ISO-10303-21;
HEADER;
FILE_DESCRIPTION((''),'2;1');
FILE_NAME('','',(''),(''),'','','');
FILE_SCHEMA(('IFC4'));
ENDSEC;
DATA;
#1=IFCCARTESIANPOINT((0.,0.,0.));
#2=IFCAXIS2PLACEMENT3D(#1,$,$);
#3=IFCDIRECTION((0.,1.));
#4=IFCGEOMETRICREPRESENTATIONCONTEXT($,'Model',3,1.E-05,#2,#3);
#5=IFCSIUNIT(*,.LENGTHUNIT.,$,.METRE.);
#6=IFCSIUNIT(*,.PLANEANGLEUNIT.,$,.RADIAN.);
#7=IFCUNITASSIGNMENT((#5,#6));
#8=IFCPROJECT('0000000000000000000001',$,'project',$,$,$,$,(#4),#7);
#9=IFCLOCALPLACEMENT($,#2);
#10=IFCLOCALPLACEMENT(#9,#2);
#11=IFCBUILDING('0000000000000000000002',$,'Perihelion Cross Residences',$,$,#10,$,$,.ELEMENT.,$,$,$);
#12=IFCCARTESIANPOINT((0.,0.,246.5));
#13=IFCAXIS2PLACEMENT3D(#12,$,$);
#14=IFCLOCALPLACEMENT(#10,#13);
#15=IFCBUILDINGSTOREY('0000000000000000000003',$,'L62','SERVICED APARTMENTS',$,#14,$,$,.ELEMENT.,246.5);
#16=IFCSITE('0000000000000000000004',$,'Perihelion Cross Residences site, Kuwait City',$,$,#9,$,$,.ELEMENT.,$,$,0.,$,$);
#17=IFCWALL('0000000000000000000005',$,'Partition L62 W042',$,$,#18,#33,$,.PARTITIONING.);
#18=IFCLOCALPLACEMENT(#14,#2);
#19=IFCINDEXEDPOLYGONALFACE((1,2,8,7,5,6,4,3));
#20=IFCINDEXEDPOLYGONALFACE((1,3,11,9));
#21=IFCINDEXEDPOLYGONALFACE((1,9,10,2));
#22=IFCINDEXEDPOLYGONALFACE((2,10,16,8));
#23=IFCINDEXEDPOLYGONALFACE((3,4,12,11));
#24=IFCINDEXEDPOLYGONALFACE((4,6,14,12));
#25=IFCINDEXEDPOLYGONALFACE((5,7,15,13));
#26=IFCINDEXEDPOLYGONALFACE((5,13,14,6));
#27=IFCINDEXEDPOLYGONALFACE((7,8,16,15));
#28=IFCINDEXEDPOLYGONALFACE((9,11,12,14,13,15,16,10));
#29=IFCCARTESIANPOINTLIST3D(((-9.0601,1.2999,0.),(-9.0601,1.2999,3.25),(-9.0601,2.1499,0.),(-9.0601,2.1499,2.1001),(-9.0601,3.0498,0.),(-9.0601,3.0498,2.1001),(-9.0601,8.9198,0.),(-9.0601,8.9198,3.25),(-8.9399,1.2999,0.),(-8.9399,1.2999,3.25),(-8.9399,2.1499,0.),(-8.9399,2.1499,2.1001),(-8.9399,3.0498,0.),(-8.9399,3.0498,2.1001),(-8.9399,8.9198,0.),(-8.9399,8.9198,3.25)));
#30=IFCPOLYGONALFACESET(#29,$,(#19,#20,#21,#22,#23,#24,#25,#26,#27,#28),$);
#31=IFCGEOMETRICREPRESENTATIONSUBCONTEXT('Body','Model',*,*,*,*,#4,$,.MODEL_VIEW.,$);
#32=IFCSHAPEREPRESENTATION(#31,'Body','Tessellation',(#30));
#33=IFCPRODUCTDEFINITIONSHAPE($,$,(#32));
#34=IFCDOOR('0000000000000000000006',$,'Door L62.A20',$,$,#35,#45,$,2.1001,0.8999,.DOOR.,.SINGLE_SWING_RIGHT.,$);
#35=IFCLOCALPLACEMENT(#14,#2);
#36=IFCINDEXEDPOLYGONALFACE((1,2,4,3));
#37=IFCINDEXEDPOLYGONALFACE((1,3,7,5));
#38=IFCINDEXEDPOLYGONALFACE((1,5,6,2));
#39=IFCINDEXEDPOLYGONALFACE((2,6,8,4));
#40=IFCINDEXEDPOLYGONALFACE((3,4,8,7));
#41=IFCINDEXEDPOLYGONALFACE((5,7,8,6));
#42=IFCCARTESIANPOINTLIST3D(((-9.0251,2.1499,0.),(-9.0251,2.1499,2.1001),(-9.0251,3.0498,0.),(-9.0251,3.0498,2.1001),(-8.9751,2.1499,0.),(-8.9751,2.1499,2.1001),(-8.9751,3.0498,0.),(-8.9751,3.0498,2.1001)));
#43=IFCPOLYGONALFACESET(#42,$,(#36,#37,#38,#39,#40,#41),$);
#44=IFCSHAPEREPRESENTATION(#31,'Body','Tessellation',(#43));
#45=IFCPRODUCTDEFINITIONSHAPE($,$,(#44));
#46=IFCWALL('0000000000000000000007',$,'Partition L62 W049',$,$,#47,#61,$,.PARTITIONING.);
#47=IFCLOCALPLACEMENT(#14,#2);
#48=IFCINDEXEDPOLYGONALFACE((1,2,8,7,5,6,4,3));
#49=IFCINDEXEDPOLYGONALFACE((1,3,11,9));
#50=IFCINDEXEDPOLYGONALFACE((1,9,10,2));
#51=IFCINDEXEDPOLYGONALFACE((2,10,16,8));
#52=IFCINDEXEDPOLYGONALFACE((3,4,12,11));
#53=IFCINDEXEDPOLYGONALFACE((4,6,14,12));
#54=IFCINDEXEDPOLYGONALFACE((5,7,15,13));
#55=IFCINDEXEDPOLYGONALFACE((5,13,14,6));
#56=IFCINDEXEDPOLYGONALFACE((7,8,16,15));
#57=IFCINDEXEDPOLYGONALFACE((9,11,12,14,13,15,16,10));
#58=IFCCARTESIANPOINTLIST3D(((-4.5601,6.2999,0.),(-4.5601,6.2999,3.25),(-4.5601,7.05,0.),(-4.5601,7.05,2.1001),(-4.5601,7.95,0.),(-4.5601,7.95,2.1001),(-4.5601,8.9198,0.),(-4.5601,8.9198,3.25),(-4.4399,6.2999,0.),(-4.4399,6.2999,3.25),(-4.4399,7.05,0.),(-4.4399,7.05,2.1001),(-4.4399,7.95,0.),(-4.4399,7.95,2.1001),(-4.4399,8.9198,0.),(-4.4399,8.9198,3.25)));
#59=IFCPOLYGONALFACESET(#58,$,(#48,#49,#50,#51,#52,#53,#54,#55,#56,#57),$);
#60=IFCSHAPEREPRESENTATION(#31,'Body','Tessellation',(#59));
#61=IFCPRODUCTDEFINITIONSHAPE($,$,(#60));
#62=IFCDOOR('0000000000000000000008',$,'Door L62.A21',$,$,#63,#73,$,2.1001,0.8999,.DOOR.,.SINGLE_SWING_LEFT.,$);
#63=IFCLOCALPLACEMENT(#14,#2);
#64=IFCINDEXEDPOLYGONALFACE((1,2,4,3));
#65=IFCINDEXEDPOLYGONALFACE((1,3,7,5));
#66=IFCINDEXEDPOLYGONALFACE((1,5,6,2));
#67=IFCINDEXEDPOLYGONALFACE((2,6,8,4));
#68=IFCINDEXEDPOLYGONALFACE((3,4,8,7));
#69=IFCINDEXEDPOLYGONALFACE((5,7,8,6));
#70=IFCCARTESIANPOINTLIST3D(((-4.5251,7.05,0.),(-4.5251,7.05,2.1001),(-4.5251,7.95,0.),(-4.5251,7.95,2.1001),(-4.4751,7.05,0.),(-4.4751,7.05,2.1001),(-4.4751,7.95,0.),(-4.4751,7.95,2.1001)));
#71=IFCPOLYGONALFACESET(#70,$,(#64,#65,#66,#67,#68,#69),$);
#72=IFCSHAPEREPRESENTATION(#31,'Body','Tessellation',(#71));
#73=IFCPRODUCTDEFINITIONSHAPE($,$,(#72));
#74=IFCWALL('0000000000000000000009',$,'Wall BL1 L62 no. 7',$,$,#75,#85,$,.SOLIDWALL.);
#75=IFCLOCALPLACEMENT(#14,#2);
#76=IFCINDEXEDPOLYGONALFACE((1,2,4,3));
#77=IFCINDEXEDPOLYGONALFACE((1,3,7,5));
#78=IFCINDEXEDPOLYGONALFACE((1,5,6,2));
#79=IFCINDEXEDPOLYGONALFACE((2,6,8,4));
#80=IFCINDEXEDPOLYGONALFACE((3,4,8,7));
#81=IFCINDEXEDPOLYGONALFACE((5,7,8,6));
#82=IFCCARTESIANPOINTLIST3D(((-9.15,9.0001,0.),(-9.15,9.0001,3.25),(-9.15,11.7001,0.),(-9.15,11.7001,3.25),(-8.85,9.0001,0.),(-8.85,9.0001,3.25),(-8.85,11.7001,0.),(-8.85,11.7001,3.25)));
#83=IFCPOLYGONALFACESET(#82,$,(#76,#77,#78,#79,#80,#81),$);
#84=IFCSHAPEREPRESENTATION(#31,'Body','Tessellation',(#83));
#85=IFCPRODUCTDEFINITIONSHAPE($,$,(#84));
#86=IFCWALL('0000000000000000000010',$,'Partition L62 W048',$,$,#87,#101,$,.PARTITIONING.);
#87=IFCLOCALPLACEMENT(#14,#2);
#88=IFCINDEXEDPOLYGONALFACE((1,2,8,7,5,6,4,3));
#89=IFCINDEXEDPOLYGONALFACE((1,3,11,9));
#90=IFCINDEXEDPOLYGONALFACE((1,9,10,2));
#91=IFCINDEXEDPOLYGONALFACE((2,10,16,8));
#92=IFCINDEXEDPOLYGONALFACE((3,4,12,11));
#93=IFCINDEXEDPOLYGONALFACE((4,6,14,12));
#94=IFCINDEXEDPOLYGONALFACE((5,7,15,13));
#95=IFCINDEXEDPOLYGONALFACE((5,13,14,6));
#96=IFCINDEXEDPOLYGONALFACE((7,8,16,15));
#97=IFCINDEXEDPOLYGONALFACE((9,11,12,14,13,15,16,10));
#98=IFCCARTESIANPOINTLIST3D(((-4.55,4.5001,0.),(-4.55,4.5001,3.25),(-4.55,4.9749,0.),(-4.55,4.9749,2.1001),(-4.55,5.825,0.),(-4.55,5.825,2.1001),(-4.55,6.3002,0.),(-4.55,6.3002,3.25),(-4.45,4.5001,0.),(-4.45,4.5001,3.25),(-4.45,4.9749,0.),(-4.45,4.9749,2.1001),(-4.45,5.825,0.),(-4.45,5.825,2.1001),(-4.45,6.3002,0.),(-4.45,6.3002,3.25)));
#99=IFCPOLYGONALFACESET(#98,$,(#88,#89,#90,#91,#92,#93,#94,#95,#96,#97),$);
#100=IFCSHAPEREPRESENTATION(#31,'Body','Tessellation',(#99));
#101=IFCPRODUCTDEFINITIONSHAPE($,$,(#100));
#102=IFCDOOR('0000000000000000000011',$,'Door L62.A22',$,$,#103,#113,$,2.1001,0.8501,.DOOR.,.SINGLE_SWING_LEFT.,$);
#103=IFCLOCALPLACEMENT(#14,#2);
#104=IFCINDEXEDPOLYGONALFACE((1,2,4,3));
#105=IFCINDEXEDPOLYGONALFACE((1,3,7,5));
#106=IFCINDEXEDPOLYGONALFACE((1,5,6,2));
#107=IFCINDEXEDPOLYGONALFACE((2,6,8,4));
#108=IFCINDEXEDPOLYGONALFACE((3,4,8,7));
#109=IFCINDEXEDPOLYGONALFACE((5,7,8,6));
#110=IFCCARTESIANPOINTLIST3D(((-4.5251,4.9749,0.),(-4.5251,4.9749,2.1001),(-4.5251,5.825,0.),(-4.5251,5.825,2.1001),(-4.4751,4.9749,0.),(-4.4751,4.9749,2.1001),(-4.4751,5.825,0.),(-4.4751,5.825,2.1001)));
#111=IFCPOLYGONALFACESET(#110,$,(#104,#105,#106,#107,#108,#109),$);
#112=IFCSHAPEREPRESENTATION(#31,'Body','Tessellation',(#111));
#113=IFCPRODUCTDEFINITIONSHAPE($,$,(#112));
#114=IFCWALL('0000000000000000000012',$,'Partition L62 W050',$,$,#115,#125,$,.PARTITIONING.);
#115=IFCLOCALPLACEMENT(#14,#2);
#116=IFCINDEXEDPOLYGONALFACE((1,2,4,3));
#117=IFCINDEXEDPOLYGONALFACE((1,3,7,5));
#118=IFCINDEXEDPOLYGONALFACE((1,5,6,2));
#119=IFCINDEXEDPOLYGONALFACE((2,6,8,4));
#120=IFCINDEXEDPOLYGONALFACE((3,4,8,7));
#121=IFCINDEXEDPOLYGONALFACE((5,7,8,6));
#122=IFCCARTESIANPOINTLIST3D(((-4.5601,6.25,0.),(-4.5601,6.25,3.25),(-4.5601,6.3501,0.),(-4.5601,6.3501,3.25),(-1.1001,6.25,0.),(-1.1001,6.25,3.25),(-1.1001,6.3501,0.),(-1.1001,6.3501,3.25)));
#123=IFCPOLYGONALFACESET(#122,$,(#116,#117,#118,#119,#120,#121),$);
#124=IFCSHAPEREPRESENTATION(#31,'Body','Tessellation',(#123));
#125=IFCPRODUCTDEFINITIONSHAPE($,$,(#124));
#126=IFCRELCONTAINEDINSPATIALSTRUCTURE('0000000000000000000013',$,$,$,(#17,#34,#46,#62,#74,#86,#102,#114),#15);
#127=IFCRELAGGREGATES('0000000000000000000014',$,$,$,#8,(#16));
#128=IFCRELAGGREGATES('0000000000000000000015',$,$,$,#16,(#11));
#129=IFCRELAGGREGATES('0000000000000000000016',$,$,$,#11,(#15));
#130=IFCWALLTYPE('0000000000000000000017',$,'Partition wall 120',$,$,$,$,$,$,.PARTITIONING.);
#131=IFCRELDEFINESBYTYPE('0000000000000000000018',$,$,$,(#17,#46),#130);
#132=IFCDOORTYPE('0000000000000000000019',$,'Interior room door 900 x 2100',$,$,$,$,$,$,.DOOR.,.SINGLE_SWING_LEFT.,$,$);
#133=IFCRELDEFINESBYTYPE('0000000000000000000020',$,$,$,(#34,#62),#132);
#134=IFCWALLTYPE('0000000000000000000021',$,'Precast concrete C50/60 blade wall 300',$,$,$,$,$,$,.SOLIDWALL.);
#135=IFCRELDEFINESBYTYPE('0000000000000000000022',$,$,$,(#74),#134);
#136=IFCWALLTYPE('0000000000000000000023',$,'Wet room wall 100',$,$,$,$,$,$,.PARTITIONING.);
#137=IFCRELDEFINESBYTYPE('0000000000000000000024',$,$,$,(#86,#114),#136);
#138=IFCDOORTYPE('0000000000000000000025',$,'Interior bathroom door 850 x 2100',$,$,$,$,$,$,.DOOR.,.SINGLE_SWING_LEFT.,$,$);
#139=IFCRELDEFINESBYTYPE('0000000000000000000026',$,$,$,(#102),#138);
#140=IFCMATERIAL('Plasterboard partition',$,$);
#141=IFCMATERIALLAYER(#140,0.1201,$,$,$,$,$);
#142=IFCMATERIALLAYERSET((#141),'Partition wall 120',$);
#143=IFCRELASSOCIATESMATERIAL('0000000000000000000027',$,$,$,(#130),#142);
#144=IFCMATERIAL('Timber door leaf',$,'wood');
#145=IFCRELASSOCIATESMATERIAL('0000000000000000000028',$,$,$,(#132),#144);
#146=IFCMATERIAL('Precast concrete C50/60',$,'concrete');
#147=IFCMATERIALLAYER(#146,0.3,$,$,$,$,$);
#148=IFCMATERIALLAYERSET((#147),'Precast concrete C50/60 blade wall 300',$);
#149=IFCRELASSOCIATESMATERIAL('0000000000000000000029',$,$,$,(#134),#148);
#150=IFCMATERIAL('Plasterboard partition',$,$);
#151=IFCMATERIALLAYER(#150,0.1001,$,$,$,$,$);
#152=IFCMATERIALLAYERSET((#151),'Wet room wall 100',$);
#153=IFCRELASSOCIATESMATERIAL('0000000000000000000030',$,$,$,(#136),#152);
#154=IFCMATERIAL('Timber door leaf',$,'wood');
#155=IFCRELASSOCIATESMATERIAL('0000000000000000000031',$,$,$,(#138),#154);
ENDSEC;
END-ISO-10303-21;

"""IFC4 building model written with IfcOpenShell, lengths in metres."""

from ifc_helpers import new_model, si_unit, direction, frame, frame_2d, origin, place, context, subcontext, project, spatial, rectangle, extrude, material, layer, layer_set, type_object, element, fill, save


model = new_model("IFC4")

# Units and contexts
model_context = context("Model", 3, precision=1e-05, world=origin(), true_north=direction((0.0, 1.0)))
body_context = subcontext(model_context, "Body", "Model", "MODEL_VIEW")
ifc_project = project(units=[si_unit("LENGTHUNIT", "METRE"), si_unit("PLANEANGLEUNIT", "RADIAN")], contexts=[model_context])

# Site, building, storey
site_placement = place(None, origin())
site = spatial("IfcSite", under=ifc_project, at=site_placement, Name="Perihelion Cross Residences site, Kuwait City", CompositionType="ELEMENT", RefElevation=0.0)
building_placement = place(site_placement, origin())
building = spatial("IfcBuilding", under=site, at=building_placement, Name="Perihelion Cross Residences", CompositionType="ELEMENT")
storey_placement = place(building_placement, frame((0.0, 0.0, 246.5)))
storey = spatial("IfcBuildingStorey", under=building, at=storey_placement, Name="L62", Description="SERVICED APARTMENTS", CompositionType="ELEMENT", Elevation=246.5)

# Shared definitions
ifc_material_1 = material(Name="Plasterboard partition")
ifc_layer_1 = layer(ifc_material_1, 0.1201)
ifc_layer_set_1 = layer_set([ifc_layer_1], Name="Partition wall 120")
wall_type_1 = type_object("IfcWallType", Name="Partition wall 120", PredefinedType="PARTITIONING", material=ifc_layer_set_1)

# Walls, openings, doors
wall_1_placement = place(storey_placement, frame((-9.0, 8.9199, 0.0), z_axis=(0.0, 0.0, 1.0), x_axis=(0.0, -1.0, 0.0)))
wall_1 = element("IfcWall", 1, at=wall_1_placement, inside=storey, type_object=wall_type_1, Name="Partition L62 W042", PredefinedType="PARTITIONING", context=body_context, shape_type="SweptSolid", body=[
    extrude(rectangle(XDim=7.6199, YDim=0.1201, at=frame_2d((3.8101, 0.0))), origin(), (0.0, 0.0, 1.0), 3.25),
])
opening_1_placement = place(wall_1_placement, frame((5.8701, 0.0, 0.0)))
opening_1 = element("IfcOpeningElement", 2, at=opening_1_placement, cuts=wall_1, PredefinedType="OPENING", context=body_context, shape_type="SweptSolid", body=[
    extrude(rectangle(XDim=0.8999, YDim=2.1001, at=frame_2d((0.45, 1.05))), frame((0.0, 0.0701, 0.0), z_axis=(0.0, -1.0, 0.0), x_axis=(1.0, 0.0, 0.0)), (0.0, 0.0, 1.0), 0.1401),
])
ifc_material_2 = material(Name="Timber door leaf", Category="wood")
door_type_1 = type_object("IfcDoorType", Name="Interior room door 900 x 2100", OperationType="SINGLE_SWING_LEFT", PredefinedType="DOOR", material=ifc_material_2)
door_1_placement = place(opening_1_placement, origin())
door_1 = element("IfcDoor", 3, at=door_1_placement, inside=storey, type_object=door_type_1, Name="Door L62.A20", OperationType="SINGLE_SWING_RIGHT", OverallHeight=2.1001, OverallWidth=0.8999, PredefinedType="DOOR", context=body_context, shape_type="SweptSolid", body=[
    extrude(rectangle(XDim=0.8999, YDim=2.1001, at=frame_2d((0.45, 1.05))), frame((0.0, 0.0249, 0.0), z_axis=(0.0, -1.0, 0.0), x_axis=(1.0, 0.0, 0.0)), (0.0, 0.0, 1.0), 0.05),
])
fill(opening_1, door_1)
wall_2_placement = place(storey_placement, frame((-4.5, 8.9199, 0.0), z_axis=(0.0, 0.0, 1.0), x_axis=(0.0, -1.0, 0.0)))
wall_2 = element("IfcWall", 4, at=wall_2_placement, inside=storey, type_object=wall_type_1, Name="Partition L62 W049", PredefinedType="PARTITIONING", context=body_context, shape_type="SweptSolid", body=[
    extrude(rectangle(XDim=2.6199, YDim=0.1201, at=frame_2d((1.3101, 0.0))), origin(), (0.0, 0.0, 1.0), 3.25),
])
opening_2_placement = place(wall_2_placement, frame((0.97, 0.0, 0.0)))
opening_2 = element("IfcOpeningElement", 5, at=opening_2_placement, cuts=wall_2, PredefinedType="OPENING", context=body_context, shape_type="SweptSolid", body=[
    extrude(rectangle(XDim=0.8999, YDim=2.1001, at=frame_2d((0.45, 1.05))), frame((0.0, 0.0701, 0.0), z_axis=(0.0, -1.0, 0.0), x_axis=(1.0, 0.0, 0.0)), (0.0, 0.0, 1.0), 0.1401),
])
door_2_placement = place(opening_2_placement, origin())
door_2 = element("IfcDoor", 6, at=door_2_placement, inside=storey, type_object=door_type_1, Name="Door L62.A21", OperationType="SINGLE_SWING_LEFT", OverallHeight=2.1001, OverallWidth=0.8999, PredefinedType="DOOR", context=body_context, shape_type="SweptSolid", body=[
    extrude(rectangle(XDim=0.8999, YDim=2.1001, at=frame_2d((0.45, 1.05))), frame((0.0, 0.0249, 0.0), z_axis=(0.0, -1.0, 0.0), x_axis=(1.0, 0.0, 0.0)), (0.0, 0.0, 1.0), 0.05),
])
fill(opening_2, door_2)

# Wall
ifc_material_3 = material(Name="Precast concrete C50/60", Category="concrete")
ifc_layer_2 = layer(ifc_material_3, 0.3)
ifc_layer_set_2 = layer_set([ifc_layer_2], Name="Precast concrete C50/60 blade wall 300")
wall_type_2 = type_object("IfcWallType", Name="Precast concrete C50/60 blade wall 300", PredefinedType="SOLIDWALL", material=ifc_layer_set_2)
wall_3_placement = place(storey_placement, frame((-9.0, 9.0, 0.0), z_axis=(0.0, 0.0, 1.0), x_axis=(0.0, 1.0, 0.0)))
element("IfcWall", 7, at=wall_3_placement, inside=storey, type_object=wall_type_2, Name="Wall BL1 L62 no. 7", PredefinedType="SOLIDWALL", context=body_context, shape_type="SweptSolid", body=[
    extrude(rectangle(XDim=2.7, YDim=0.3, at=frame_2d((1.3501, 0.0))), origin(), (0.0, 0.0, 1.0), 3.25),
])

# Wall, opening, door
ifc_material_4 = material(Name="Plasterboard partition")
ifc_layer_3 = layer(ifc_material_4, 0.1001)
ifc_layer_set_3 = layer_set([ifc_layer_3], Name="Wet room wall 100")
wall_type_3 = type_object("IfcWallType", Name="Wet room wall 100", PredefinedType="PARTITIONING", material=ifc_layer_set_3)
wall_4_placement = place(storey_placement, frame((-4.5, 6.3, 0.0), z_axis=(0.0, 0.0, 1.0), x_axis=(0.0, -1.0, 0.0)))
wall_4 = element("IfcWall", 8, at=wall_4_placement, inside=storey, type_object=wall_type_3, Name="Partition L62 W048", PredefinedType="PARTITIONING", context=body_context, shape_type="SweptSolid", body=[
    extrude(rectangle(XDim=1.8, YDim=0.1001, at=frame_2d((0.8999, 0.0))), origin(), (0.0, 0.0, 1.0), 3.25),
])
opening_3_placement = place(wall_4_placement, frame((0.4751, 0.0, 0.0)))
opening_3 = element("IfcOpeningElement", 9, at=opening_3_placement, cuts=wall_4, PredefinedType="OPENING", context=body_context, shape_type="SweptSolid", body=[
    extrude(rectangle(XDim=0.8501, YDim=2.1001, at=frame_2d((0.425, 1.05))), frame((0.0, 0.0601, 0.0), z_axis=(0.0, -1.0, 0.0), x_axis=(1.0, 0.0, 0.0)), (0.0, 0.0, 1.0), 0.1201),
])
ifc_material_5 = material(Name="Timber door leaf", Category="wood")
door_type_2 = type_object("IfcDoorType", Name="Interior bathroom door 850 x 2100", OperationType="SINGLE_SWING_LEFT", PredefinedType="DOOR", material=ifc_material_5)
door_3_placement = place(opening_3_placement, origin())
door_3 = element("IfcDoor", 10, at=door_3_placement, inside=storey, type_object=door_type_2, Name="Door L62.A22", OperationType="SINGLE_SWING_LEFT", OverallHeight=2.1001, OverallWidth=0.8501, PredefinedType="DOOR", context=body_context, shape_type="SweptSolid", body=[
    extrude(rectangle(XDim=0.8501, YDim=2.1001, at=frame_2d((0.425, 1.05))), frame((0.0, 0.0249, 0.0), z_axis=(0.0, -1.0, 0.0), x_axis=(1.0, 0.0, 0.0)), (0.0, 0.0, 1.0), 0.05),
])
fill(opening_3, door_3)

# Wall
wall_5_placement = place(storey_placement, frame((-4.5601, 6.3, 0.0), z_axis=(0.0, 0.0, 1.0), x_axis=(1.0, 0.0, 0.0)))
element("IfcWall", 11, at=wall_5_placement, inside=storey, type_object=wall_type_3, Name="Partition L62 W050", PredefinedType="PARTITIONING", context=body_context, shape_type="SweptSolid", body=[
    extrude(rectangle(XDim=3.46, YDim=0.1001, at=frame_2d((1.73, 0.0))), origin(), (0.0, 0.0, 1.0), 3.25),
])

save(model, "model.ifc")
